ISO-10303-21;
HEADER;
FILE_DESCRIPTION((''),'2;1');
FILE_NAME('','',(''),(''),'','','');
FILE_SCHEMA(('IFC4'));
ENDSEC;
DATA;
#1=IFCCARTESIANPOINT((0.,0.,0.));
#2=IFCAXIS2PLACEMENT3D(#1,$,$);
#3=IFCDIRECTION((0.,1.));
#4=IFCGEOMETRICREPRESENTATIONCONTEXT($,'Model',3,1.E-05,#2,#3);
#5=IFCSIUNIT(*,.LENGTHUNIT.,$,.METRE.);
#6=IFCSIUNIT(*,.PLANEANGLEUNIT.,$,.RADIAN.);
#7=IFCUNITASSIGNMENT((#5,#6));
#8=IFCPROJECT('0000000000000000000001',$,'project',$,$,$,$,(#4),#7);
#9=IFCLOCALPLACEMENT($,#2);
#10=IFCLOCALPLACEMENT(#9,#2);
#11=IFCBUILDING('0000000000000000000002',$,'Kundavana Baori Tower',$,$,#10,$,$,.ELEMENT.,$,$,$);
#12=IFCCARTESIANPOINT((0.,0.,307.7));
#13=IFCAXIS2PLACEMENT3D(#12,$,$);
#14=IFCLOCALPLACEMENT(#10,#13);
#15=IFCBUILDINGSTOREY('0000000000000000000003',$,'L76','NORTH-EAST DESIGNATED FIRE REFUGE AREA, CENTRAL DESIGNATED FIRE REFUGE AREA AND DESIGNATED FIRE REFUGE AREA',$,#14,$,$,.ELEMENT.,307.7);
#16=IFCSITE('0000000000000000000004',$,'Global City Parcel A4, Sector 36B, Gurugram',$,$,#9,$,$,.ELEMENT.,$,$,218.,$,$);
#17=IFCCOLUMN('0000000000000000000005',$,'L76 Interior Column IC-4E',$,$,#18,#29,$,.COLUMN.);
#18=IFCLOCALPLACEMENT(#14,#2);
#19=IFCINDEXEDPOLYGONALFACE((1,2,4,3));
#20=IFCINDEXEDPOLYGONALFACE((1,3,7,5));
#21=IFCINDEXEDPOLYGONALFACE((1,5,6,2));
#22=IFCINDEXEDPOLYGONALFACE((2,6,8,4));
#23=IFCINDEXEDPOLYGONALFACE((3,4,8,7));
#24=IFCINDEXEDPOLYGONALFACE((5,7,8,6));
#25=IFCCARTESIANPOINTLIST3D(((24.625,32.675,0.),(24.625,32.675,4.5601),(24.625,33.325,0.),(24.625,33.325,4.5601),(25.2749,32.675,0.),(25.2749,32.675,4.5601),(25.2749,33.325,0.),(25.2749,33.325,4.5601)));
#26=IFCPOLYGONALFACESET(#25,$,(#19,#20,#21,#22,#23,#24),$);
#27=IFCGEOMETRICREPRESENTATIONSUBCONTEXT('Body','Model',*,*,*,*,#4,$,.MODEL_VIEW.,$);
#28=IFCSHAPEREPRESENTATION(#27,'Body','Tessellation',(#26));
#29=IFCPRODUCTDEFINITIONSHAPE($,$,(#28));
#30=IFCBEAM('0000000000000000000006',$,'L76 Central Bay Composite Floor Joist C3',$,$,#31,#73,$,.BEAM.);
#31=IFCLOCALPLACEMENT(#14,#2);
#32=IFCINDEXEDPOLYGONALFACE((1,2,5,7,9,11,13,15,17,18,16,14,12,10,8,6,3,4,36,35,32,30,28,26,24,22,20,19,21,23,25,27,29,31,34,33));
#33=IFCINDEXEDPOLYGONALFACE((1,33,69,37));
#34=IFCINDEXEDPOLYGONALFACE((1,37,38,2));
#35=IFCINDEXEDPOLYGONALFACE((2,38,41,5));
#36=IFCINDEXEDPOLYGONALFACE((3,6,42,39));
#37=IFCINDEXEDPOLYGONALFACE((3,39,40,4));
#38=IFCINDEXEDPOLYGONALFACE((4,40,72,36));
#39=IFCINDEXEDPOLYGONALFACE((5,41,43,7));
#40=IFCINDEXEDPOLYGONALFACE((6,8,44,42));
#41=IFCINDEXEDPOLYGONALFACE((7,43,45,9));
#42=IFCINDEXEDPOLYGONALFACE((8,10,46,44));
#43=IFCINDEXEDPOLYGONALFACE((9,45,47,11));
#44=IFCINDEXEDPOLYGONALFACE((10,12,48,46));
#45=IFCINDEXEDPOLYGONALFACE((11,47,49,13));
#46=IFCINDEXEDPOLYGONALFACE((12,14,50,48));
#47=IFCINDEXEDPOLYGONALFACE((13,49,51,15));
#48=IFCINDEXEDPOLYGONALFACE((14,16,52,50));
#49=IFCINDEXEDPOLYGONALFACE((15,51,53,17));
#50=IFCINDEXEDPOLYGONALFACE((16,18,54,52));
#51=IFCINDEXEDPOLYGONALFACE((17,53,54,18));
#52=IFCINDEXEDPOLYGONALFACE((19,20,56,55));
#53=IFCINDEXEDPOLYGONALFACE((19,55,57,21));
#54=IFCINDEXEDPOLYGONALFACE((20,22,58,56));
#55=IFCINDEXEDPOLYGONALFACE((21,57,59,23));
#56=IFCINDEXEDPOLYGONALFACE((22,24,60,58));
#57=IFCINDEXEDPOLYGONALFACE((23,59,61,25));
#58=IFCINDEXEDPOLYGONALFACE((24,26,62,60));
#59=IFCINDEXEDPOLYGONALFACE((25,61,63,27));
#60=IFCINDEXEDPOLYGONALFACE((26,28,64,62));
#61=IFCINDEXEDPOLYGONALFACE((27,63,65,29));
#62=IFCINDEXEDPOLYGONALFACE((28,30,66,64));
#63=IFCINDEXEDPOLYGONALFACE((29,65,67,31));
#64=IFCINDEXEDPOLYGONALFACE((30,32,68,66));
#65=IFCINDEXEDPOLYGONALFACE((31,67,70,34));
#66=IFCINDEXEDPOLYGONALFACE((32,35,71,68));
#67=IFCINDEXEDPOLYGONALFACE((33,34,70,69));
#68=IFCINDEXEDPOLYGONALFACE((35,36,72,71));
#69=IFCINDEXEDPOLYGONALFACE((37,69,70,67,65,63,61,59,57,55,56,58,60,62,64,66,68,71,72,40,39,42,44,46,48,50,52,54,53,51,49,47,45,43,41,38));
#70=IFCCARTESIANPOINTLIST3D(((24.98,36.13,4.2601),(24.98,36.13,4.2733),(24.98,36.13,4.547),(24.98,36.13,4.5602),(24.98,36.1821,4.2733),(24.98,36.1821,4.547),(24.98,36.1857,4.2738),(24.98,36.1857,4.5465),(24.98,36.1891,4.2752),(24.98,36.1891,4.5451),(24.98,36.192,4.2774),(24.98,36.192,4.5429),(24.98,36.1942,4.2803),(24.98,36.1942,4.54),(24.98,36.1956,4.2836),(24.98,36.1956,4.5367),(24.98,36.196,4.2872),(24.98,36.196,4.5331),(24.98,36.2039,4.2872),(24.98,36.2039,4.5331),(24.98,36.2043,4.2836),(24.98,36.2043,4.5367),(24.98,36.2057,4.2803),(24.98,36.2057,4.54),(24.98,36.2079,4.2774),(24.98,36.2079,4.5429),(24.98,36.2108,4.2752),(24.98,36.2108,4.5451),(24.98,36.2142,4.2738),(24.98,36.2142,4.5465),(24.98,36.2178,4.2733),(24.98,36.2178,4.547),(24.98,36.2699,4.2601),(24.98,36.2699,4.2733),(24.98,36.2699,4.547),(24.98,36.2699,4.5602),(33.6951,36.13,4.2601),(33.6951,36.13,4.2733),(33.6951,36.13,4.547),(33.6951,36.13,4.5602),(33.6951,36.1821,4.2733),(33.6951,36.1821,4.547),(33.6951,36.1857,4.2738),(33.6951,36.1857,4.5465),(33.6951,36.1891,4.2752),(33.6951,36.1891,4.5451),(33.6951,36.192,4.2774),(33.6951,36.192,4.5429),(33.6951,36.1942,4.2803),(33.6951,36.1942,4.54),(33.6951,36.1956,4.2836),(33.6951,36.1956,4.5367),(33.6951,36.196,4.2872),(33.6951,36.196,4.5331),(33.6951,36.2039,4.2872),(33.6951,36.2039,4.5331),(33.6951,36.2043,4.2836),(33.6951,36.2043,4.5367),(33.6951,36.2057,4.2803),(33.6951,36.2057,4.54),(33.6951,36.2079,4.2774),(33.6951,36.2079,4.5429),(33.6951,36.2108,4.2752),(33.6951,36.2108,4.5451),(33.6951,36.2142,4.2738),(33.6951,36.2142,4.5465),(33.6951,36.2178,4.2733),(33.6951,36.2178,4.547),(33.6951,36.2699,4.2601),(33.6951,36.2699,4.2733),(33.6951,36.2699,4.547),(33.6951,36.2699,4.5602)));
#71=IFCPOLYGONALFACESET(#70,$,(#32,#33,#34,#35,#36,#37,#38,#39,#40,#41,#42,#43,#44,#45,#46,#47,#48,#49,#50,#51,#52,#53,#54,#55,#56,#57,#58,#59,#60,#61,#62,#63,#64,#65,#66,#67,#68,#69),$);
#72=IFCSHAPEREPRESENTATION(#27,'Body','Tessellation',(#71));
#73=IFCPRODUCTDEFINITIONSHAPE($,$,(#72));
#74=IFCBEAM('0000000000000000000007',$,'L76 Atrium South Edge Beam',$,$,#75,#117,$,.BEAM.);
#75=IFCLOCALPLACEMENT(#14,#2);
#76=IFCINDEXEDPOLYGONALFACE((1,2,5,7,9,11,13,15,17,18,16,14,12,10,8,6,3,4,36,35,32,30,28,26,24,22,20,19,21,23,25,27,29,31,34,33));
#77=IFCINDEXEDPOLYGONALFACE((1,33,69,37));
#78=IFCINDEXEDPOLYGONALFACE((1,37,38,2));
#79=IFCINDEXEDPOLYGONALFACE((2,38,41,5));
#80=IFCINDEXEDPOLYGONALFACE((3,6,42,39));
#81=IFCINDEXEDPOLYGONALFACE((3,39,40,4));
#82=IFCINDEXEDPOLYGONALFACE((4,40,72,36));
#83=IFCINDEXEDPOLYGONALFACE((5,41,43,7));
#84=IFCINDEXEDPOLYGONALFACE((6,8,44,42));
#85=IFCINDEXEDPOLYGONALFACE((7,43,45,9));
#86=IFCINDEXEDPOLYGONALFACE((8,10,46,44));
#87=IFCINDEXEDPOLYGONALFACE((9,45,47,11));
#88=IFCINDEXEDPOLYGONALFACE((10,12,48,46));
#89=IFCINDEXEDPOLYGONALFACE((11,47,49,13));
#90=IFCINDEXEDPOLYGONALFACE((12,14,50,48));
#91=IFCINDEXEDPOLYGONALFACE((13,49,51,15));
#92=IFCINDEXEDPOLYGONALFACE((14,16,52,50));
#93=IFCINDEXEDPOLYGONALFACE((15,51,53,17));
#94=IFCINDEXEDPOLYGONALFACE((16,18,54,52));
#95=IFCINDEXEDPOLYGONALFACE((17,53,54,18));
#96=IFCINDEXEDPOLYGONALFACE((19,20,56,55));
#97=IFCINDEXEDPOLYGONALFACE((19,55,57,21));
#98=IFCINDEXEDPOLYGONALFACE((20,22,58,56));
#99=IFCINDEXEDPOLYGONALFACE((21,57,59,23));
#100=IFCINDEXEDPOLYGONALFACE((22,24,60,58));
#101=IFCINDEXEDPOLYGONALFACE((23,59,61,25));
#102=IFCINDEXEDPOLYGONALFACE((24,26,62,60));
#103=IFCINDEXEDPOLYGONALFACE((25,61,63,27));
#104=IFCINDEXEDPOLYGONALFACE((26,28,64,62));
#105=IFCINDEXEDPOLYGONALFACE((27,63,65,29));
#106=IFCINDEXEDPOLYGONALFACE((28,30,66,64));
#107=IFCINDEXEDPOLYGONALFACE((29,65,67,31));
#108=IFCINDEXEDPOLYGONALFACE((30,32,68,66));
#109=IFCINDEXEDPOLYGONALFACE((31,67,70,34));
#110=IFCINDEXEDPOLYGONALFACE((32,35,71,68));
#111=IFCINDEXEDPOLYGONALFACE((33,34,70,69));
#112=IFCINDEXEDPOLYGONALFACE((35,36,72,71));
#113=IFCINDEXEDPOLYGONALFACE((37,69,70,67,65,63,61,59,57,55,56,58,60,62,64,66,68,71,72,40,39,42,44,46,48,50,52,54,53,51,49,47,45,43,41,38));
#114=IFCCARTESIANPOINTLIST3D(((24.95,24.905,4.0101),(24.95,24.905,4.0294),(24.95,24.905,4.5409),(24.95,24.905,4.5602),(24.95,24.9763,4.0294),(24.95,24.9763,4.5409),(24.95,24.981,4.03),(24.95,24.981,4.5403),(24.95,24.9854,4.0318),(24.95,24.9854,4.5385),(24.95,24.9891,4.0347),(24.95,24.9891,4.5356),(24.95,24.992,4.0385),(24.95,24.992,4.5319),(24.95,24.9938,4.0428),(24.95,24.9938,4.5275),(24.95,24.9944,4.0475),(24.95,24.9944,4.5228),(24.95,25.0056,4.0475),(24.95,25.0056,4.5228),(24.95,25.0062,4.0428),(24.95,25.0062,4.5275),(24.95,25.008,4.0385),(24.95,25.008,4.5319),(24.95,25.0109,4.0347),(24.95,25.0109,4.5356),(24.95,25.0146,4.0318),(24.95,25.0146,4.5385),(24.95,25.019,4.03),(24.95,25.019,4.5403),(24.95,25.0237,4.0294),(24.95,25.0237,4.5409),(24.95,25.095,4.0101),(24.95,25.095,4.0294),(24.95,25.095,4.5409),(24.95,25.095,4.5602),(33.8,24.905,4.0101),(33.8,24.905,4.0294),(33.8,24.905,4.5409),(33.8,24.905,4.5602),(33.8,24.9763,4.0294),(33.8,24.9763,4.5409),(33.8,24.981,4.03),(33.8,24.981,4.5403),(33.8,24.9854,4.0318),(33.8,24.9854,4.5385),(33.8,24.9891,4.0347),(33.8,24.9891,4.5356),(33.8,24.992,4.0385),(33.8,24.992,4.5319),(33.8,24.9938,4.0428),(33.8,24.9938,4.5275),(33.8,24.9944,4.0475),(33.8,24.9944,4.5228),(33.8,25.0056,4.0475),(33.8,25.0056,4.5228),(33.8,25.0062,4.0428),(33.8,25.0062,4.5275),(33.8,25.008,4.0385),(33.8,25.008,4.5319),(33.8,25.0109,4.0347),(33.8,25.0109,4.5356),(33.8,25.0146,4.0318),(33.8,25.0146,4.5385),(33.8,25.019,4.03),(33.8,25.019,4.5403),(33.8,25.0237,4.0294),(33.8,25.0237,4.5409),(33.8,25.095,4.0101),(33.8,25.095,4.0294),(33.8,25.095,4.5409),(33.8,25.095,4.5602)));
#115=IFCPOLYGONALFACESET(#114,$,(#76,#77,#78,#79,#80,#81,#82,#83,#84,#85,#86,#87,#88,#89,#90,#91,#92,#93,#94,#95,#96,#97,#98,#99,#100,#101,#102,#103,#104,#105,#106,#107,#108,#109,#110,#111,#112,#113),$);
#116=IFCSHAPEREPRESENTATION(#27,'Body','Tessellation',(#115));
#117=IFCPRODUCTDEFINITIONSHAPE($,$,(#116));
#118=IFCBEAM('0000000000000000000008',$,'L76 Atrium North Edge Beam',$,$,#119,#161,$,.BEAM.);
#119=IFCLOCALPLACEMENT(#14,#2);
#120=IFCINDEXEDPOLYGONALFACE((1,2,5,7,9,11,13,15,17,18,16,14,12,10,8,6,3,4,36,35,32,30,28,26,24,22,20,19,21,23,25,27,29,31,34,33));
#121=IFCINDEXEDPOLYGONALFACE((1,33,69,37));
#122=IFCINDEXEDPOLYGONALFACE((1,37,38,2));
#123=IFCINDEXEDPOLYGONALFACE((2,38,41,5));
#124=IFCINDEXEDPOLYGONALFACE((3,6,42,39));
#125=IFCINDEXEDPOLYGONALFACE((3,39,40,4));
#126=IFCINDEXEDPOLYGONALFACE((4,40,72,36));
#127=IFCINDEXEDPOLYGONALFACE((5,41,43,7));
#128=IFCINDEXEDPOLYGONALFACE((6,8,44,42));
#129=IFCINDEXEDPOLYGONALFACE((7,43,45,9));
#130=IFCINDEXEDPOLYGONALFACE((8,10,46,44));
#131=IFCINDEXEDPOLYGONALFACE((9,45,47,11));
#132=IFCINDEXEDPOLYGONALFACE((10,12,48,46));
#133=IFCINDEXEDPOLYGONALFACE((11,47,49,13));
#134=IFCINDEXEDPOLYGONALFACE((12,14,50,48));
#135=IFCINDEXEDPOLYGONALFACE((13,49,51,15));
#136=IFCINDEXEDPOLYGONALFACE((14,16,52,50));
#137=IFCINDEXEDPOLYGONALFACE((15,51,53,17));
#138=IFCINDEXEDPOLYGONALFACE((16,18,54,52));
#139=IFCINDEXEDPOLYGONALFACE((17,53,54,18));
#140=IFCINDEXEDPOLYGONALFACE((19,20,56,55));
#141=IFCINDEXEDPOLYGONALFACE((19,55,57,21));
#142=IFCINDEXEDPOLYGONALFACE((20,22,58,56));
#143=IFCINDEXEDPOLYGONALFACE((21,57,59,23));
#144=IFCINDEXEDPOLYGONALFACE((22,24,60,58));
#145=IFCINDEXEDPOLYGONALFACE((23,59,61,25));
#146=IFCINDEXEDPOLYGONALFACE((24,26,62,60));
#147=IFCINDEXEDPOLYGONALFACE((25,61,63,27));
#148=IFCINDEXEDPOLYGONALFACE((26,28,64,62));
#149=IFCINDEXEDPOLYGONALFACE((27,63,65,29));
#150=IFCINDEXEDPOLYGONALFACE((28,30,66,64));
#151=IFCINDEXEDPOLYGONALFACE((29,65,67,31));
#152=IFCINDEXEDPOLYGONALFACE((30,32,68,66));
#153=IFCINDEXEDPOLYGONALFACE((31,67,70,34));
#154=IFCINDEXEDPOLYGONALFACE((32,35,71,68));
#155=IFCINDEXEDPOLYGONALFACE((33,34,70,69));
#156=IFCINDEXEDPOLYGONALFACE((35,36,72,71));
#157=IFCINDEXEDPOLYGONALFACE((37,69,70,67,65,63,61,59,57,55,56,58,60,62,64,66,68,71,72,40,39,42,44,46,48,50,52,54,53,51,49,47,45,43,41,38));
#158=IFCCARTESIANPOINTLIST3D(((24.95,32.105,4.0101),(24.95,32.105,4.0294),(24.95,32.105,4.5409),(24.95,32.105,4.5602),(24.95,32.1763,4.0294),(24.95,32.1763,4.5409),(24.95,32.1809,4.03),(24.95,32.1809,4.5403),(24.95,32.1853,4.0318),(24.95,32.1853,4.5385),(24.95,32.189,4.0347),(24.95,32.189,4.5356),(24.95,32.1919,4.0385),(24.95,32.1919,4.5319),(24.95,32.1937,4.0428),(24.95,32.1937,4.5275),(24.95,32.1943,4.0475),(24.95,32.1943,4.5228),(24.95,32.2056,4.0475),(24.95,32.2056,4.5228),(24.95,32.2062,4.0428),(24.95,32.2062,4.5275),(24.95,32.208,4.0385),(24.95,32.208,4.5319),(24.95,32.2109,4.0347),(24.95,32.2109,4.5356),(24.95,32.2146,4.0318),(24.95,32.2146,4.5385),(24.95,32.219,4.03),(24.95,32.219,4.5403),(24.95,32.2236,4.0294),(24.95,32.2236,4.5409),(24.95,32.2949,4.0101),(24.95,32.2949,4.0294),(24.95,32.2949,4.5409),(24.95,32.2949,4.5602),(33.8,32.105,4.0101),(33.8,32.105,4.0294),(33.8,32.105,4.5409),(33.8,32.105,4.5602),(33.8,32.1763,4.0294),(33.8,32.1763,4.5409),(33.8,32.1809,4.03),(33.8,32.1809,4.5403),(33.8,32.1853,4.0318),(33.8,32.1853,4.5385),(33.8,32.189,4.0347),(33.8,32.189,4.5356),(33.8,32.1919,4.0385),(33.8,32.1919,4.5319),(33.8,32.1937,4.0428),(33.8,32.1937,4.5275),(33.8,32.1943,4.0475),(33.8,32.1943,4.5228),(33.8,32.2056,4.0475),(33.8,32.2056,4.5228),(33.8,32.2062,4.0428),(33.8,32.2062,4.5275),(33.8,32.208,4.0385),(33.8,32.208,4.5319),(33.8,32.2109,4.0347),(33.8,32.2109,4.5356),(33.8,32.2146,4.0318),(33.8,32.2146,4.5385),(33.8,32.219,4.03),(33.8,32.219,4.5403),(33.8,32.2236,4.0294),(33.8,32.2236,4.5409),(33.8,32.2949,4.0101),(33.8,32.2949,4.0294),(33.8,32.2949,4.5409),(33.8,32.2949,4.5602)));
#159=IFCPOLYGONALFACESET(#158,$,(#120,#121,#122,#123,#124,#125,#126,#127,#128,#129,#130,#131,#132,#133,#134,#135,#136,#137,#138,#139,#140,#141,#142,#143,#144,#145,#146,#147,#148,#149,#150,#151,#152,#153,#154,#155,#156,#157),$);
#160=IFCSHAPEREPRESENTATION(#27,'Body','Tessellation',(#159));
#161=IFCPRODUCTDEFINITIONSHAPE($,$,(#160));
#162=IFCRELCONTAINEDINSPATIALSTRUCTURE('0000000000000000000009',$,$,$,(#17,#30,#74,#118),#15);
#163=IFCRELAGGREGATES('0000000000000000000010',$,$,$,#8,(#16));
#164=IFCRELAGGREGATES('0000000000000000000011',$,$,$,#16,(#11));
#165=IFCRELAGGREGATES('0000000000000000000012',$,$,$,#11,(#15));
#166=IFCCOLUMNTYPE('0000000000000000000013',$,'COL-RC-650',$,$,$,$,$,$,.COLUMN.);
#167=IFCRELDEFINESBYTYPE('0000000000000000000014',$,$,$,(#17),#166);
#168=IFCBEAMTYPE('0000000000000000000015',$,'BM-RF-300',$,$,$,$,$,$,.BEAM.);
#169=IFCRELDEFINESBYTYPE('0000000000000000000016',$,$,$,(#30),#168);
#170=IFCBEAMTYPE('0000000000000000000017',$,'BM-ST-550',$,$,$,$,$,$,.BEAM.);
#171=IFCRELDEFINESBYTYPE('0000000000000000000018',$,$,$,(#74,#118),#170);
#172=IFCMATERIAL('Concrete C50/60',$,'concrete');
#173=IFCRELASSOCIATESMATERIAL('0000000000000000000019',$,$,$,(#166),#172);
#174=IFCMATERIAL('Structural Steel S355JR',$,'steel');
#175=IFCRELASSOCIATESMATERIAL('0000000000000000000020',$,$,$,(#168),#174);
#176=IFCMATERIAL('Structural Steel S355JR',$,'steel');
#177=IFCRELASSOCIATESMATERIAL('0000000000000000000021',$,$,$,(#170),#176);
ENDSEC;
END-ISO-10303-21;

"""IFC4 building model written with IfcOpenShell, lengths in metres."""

from ifc_helpers import new_model, si_unit, direction, frame, origin, origin_2d, place, context, subcontext, project, spatial, rectangle, i_section, extrude, material, material_profile, profile_set, type_object, element, save


model = new_model("IFC4")

# Units and contexts
model_context = context("Model", 3, precision=1e-05, world=origin(), true_north=direction((0.0, 1.0)))
body_context = subcontext(model_context, "Body", "Model", "MODEL_VIEW")
ifc_project = project(units=[si_unit("LENGTHUNIT", "METRE"), si_unit("PLANEANGLEUNIT", "RADIAN")], contexts=[model_context])

# Site, building, storey
site_placement = place(None, origin())
site = spatial("IfcSite", under=ifc_project, at=site_placement, Name="Global City Parcel A4, Sector 36B, Gurugram", CompositionType="ELEMENT", RefElevation=218.0)
building_placement = place(site_placement, origin())
building = spatial("IfcBuilding", under=site, at=building_placement, Name="Kundavana Baori Tower", CompositionType="ELEMENT")
storey_placement = place(building_placement, frame((0.0, 0.0, 307.7)))
storey = spatial("IfcBuildingStorey", under=building, at=storey_placement, Name="L76", Description="NORTH-EAST DESIGNATED FIRE REFUGE AREA, CENTRAL DESIGNATED FIRE REFUGE AREA AND DESIGNATED FIRE REFUGE AREA", CompositionType="ELEMENT", Elevation=307.7)

# Column
ifc_material_1 = material(Name="Concrete C50/60", Category="concrete")
ifc_material_profile_1 = material_profile(ifc_material_1, rectangle(XDim=0.6499, YDim=0.6499, at=origin_2d()), Name="RC 650x650")
ifc_profile_set_1 = profile_set([ifc_material_profile_1], Name="Concrete C50/60")
column_type = type_object("IfcColumnType", Name="COL-RC-650", PredefinedType="COLUMN", material=ifc_profile_set_1)
column_placement = place(storey_placement, frame((24.95, 33.0, 0.0), z_axis=(0.0, 0.0, 1.0), x_axis=(1.0, 0.0, 0.0)))
element("IfcColumn", 1, at=column_placement, inside=storey, type_object=column_type, Name="L76 Interior Column IC-4E", PredefinedType="COLUMN", context=body_context, shape_type="SweptSolid", body=[
    extrude(rectangle(XDim=0.6499, YDim=0.6499, at=origin_2d()), origin(), (0.0, 0.0, 1.0), 4.5601),
])

# Beams
ifc_material_2 = material(Name="Structural Steel S355JR", Category="steel")
ifc_material_profile_2 = material_profile(ifc_material_2, i_section(OverallWidth=0.1399, OverallDepth=0.3, WebThickness=0.0078, FlangeThickness=0.0132, FilletRadius=0.0139, at=origin_2d()), Name="ISMB 300")
ifc_profile_set_2 = profile_set([ifc_material_profile_2], Name="Structural Steel S355JR")
beam_type_1 = type_object("IfcBeamType", Name="BM-RF-300", PredefinedType="BEAM", material=ifc_profile_set_2)
beam_placement = place(storey_placement, frame((24.98, 36.2, 4.4102), z_axis=(1.0, 0.0, 0.0), x_axis=(0.0, 1.0, 0.0)))
element("IfcBeam", 2, at=beam_placement, inside=storey, type_object=beam_type_1, Name="L76 Central Bay Composite Floor Joist C3", PredefinedType="BEAM", context=body_context, shape_type="SweptSolid", body=[
    extrude(i_section(OverallWidth=0.1399, OverallDepth=0.3, WebThickness=0.0078, FlangeThickness=0.0132, FilletRadius=0.0139, at=origin_2d()), origin(), (0.0, 0.0, 1.0), 8.7151),
])
ifc_material_3 = material(Name="Structural Steel S355JR", Category="steel")
ifc_material_profile_3 = material_profile(ifc_material_3, i_section(OverallWidth=0.1899, OverallDepth=0.55, WebThickness=0.0112, FlangeThickness=0.0193, FilletRadius=0.0181, at=origin_2d()), Name="ISMB 550")
ifc_profile_set_3 = profile_set([ifc_material_profile_3], Name="Structural Steel S355JR")
beam_type_2 = type_object("IfcBeamType", Name="BM-ST-550", PredefinedType="BEAM", material=ifc_profile_set_3)
for number, where, z_axis, x_axis, name in (
    (3, (24.95, 25.0, 4.2852), (1.0, 0.0, 0.0), (0.0, 1.0, 0.0), "L76 Atrium South Edge Beam"),
    (4, (24.95, 32.2, 4.2852), (1.0, 0.0, 0.0), (0.0, 1.0, 0.0), "L76 Atrium North Edge Beam"),
):
    element("IfcBeam", number, at=place(storey_placement, frame(where, z_axis=z_axis, x_axis=x_axis)), inside=storey, type_object=beam_type_2, Name=name, PredefinedType="BEAM", context=body_context, shape_type="SweptSolid", body=[
        extrude(i_section(OverallWidth=0.1899, OverallDepth=0.55, WebThickness=0.0112, FlangeThickness=0.0193, FilletRadius=0.0181, at=origin_2d()), origin(), (0.0, 0.0, 1.0), 8.8501),
    ])

save(model, "model.ifc")
